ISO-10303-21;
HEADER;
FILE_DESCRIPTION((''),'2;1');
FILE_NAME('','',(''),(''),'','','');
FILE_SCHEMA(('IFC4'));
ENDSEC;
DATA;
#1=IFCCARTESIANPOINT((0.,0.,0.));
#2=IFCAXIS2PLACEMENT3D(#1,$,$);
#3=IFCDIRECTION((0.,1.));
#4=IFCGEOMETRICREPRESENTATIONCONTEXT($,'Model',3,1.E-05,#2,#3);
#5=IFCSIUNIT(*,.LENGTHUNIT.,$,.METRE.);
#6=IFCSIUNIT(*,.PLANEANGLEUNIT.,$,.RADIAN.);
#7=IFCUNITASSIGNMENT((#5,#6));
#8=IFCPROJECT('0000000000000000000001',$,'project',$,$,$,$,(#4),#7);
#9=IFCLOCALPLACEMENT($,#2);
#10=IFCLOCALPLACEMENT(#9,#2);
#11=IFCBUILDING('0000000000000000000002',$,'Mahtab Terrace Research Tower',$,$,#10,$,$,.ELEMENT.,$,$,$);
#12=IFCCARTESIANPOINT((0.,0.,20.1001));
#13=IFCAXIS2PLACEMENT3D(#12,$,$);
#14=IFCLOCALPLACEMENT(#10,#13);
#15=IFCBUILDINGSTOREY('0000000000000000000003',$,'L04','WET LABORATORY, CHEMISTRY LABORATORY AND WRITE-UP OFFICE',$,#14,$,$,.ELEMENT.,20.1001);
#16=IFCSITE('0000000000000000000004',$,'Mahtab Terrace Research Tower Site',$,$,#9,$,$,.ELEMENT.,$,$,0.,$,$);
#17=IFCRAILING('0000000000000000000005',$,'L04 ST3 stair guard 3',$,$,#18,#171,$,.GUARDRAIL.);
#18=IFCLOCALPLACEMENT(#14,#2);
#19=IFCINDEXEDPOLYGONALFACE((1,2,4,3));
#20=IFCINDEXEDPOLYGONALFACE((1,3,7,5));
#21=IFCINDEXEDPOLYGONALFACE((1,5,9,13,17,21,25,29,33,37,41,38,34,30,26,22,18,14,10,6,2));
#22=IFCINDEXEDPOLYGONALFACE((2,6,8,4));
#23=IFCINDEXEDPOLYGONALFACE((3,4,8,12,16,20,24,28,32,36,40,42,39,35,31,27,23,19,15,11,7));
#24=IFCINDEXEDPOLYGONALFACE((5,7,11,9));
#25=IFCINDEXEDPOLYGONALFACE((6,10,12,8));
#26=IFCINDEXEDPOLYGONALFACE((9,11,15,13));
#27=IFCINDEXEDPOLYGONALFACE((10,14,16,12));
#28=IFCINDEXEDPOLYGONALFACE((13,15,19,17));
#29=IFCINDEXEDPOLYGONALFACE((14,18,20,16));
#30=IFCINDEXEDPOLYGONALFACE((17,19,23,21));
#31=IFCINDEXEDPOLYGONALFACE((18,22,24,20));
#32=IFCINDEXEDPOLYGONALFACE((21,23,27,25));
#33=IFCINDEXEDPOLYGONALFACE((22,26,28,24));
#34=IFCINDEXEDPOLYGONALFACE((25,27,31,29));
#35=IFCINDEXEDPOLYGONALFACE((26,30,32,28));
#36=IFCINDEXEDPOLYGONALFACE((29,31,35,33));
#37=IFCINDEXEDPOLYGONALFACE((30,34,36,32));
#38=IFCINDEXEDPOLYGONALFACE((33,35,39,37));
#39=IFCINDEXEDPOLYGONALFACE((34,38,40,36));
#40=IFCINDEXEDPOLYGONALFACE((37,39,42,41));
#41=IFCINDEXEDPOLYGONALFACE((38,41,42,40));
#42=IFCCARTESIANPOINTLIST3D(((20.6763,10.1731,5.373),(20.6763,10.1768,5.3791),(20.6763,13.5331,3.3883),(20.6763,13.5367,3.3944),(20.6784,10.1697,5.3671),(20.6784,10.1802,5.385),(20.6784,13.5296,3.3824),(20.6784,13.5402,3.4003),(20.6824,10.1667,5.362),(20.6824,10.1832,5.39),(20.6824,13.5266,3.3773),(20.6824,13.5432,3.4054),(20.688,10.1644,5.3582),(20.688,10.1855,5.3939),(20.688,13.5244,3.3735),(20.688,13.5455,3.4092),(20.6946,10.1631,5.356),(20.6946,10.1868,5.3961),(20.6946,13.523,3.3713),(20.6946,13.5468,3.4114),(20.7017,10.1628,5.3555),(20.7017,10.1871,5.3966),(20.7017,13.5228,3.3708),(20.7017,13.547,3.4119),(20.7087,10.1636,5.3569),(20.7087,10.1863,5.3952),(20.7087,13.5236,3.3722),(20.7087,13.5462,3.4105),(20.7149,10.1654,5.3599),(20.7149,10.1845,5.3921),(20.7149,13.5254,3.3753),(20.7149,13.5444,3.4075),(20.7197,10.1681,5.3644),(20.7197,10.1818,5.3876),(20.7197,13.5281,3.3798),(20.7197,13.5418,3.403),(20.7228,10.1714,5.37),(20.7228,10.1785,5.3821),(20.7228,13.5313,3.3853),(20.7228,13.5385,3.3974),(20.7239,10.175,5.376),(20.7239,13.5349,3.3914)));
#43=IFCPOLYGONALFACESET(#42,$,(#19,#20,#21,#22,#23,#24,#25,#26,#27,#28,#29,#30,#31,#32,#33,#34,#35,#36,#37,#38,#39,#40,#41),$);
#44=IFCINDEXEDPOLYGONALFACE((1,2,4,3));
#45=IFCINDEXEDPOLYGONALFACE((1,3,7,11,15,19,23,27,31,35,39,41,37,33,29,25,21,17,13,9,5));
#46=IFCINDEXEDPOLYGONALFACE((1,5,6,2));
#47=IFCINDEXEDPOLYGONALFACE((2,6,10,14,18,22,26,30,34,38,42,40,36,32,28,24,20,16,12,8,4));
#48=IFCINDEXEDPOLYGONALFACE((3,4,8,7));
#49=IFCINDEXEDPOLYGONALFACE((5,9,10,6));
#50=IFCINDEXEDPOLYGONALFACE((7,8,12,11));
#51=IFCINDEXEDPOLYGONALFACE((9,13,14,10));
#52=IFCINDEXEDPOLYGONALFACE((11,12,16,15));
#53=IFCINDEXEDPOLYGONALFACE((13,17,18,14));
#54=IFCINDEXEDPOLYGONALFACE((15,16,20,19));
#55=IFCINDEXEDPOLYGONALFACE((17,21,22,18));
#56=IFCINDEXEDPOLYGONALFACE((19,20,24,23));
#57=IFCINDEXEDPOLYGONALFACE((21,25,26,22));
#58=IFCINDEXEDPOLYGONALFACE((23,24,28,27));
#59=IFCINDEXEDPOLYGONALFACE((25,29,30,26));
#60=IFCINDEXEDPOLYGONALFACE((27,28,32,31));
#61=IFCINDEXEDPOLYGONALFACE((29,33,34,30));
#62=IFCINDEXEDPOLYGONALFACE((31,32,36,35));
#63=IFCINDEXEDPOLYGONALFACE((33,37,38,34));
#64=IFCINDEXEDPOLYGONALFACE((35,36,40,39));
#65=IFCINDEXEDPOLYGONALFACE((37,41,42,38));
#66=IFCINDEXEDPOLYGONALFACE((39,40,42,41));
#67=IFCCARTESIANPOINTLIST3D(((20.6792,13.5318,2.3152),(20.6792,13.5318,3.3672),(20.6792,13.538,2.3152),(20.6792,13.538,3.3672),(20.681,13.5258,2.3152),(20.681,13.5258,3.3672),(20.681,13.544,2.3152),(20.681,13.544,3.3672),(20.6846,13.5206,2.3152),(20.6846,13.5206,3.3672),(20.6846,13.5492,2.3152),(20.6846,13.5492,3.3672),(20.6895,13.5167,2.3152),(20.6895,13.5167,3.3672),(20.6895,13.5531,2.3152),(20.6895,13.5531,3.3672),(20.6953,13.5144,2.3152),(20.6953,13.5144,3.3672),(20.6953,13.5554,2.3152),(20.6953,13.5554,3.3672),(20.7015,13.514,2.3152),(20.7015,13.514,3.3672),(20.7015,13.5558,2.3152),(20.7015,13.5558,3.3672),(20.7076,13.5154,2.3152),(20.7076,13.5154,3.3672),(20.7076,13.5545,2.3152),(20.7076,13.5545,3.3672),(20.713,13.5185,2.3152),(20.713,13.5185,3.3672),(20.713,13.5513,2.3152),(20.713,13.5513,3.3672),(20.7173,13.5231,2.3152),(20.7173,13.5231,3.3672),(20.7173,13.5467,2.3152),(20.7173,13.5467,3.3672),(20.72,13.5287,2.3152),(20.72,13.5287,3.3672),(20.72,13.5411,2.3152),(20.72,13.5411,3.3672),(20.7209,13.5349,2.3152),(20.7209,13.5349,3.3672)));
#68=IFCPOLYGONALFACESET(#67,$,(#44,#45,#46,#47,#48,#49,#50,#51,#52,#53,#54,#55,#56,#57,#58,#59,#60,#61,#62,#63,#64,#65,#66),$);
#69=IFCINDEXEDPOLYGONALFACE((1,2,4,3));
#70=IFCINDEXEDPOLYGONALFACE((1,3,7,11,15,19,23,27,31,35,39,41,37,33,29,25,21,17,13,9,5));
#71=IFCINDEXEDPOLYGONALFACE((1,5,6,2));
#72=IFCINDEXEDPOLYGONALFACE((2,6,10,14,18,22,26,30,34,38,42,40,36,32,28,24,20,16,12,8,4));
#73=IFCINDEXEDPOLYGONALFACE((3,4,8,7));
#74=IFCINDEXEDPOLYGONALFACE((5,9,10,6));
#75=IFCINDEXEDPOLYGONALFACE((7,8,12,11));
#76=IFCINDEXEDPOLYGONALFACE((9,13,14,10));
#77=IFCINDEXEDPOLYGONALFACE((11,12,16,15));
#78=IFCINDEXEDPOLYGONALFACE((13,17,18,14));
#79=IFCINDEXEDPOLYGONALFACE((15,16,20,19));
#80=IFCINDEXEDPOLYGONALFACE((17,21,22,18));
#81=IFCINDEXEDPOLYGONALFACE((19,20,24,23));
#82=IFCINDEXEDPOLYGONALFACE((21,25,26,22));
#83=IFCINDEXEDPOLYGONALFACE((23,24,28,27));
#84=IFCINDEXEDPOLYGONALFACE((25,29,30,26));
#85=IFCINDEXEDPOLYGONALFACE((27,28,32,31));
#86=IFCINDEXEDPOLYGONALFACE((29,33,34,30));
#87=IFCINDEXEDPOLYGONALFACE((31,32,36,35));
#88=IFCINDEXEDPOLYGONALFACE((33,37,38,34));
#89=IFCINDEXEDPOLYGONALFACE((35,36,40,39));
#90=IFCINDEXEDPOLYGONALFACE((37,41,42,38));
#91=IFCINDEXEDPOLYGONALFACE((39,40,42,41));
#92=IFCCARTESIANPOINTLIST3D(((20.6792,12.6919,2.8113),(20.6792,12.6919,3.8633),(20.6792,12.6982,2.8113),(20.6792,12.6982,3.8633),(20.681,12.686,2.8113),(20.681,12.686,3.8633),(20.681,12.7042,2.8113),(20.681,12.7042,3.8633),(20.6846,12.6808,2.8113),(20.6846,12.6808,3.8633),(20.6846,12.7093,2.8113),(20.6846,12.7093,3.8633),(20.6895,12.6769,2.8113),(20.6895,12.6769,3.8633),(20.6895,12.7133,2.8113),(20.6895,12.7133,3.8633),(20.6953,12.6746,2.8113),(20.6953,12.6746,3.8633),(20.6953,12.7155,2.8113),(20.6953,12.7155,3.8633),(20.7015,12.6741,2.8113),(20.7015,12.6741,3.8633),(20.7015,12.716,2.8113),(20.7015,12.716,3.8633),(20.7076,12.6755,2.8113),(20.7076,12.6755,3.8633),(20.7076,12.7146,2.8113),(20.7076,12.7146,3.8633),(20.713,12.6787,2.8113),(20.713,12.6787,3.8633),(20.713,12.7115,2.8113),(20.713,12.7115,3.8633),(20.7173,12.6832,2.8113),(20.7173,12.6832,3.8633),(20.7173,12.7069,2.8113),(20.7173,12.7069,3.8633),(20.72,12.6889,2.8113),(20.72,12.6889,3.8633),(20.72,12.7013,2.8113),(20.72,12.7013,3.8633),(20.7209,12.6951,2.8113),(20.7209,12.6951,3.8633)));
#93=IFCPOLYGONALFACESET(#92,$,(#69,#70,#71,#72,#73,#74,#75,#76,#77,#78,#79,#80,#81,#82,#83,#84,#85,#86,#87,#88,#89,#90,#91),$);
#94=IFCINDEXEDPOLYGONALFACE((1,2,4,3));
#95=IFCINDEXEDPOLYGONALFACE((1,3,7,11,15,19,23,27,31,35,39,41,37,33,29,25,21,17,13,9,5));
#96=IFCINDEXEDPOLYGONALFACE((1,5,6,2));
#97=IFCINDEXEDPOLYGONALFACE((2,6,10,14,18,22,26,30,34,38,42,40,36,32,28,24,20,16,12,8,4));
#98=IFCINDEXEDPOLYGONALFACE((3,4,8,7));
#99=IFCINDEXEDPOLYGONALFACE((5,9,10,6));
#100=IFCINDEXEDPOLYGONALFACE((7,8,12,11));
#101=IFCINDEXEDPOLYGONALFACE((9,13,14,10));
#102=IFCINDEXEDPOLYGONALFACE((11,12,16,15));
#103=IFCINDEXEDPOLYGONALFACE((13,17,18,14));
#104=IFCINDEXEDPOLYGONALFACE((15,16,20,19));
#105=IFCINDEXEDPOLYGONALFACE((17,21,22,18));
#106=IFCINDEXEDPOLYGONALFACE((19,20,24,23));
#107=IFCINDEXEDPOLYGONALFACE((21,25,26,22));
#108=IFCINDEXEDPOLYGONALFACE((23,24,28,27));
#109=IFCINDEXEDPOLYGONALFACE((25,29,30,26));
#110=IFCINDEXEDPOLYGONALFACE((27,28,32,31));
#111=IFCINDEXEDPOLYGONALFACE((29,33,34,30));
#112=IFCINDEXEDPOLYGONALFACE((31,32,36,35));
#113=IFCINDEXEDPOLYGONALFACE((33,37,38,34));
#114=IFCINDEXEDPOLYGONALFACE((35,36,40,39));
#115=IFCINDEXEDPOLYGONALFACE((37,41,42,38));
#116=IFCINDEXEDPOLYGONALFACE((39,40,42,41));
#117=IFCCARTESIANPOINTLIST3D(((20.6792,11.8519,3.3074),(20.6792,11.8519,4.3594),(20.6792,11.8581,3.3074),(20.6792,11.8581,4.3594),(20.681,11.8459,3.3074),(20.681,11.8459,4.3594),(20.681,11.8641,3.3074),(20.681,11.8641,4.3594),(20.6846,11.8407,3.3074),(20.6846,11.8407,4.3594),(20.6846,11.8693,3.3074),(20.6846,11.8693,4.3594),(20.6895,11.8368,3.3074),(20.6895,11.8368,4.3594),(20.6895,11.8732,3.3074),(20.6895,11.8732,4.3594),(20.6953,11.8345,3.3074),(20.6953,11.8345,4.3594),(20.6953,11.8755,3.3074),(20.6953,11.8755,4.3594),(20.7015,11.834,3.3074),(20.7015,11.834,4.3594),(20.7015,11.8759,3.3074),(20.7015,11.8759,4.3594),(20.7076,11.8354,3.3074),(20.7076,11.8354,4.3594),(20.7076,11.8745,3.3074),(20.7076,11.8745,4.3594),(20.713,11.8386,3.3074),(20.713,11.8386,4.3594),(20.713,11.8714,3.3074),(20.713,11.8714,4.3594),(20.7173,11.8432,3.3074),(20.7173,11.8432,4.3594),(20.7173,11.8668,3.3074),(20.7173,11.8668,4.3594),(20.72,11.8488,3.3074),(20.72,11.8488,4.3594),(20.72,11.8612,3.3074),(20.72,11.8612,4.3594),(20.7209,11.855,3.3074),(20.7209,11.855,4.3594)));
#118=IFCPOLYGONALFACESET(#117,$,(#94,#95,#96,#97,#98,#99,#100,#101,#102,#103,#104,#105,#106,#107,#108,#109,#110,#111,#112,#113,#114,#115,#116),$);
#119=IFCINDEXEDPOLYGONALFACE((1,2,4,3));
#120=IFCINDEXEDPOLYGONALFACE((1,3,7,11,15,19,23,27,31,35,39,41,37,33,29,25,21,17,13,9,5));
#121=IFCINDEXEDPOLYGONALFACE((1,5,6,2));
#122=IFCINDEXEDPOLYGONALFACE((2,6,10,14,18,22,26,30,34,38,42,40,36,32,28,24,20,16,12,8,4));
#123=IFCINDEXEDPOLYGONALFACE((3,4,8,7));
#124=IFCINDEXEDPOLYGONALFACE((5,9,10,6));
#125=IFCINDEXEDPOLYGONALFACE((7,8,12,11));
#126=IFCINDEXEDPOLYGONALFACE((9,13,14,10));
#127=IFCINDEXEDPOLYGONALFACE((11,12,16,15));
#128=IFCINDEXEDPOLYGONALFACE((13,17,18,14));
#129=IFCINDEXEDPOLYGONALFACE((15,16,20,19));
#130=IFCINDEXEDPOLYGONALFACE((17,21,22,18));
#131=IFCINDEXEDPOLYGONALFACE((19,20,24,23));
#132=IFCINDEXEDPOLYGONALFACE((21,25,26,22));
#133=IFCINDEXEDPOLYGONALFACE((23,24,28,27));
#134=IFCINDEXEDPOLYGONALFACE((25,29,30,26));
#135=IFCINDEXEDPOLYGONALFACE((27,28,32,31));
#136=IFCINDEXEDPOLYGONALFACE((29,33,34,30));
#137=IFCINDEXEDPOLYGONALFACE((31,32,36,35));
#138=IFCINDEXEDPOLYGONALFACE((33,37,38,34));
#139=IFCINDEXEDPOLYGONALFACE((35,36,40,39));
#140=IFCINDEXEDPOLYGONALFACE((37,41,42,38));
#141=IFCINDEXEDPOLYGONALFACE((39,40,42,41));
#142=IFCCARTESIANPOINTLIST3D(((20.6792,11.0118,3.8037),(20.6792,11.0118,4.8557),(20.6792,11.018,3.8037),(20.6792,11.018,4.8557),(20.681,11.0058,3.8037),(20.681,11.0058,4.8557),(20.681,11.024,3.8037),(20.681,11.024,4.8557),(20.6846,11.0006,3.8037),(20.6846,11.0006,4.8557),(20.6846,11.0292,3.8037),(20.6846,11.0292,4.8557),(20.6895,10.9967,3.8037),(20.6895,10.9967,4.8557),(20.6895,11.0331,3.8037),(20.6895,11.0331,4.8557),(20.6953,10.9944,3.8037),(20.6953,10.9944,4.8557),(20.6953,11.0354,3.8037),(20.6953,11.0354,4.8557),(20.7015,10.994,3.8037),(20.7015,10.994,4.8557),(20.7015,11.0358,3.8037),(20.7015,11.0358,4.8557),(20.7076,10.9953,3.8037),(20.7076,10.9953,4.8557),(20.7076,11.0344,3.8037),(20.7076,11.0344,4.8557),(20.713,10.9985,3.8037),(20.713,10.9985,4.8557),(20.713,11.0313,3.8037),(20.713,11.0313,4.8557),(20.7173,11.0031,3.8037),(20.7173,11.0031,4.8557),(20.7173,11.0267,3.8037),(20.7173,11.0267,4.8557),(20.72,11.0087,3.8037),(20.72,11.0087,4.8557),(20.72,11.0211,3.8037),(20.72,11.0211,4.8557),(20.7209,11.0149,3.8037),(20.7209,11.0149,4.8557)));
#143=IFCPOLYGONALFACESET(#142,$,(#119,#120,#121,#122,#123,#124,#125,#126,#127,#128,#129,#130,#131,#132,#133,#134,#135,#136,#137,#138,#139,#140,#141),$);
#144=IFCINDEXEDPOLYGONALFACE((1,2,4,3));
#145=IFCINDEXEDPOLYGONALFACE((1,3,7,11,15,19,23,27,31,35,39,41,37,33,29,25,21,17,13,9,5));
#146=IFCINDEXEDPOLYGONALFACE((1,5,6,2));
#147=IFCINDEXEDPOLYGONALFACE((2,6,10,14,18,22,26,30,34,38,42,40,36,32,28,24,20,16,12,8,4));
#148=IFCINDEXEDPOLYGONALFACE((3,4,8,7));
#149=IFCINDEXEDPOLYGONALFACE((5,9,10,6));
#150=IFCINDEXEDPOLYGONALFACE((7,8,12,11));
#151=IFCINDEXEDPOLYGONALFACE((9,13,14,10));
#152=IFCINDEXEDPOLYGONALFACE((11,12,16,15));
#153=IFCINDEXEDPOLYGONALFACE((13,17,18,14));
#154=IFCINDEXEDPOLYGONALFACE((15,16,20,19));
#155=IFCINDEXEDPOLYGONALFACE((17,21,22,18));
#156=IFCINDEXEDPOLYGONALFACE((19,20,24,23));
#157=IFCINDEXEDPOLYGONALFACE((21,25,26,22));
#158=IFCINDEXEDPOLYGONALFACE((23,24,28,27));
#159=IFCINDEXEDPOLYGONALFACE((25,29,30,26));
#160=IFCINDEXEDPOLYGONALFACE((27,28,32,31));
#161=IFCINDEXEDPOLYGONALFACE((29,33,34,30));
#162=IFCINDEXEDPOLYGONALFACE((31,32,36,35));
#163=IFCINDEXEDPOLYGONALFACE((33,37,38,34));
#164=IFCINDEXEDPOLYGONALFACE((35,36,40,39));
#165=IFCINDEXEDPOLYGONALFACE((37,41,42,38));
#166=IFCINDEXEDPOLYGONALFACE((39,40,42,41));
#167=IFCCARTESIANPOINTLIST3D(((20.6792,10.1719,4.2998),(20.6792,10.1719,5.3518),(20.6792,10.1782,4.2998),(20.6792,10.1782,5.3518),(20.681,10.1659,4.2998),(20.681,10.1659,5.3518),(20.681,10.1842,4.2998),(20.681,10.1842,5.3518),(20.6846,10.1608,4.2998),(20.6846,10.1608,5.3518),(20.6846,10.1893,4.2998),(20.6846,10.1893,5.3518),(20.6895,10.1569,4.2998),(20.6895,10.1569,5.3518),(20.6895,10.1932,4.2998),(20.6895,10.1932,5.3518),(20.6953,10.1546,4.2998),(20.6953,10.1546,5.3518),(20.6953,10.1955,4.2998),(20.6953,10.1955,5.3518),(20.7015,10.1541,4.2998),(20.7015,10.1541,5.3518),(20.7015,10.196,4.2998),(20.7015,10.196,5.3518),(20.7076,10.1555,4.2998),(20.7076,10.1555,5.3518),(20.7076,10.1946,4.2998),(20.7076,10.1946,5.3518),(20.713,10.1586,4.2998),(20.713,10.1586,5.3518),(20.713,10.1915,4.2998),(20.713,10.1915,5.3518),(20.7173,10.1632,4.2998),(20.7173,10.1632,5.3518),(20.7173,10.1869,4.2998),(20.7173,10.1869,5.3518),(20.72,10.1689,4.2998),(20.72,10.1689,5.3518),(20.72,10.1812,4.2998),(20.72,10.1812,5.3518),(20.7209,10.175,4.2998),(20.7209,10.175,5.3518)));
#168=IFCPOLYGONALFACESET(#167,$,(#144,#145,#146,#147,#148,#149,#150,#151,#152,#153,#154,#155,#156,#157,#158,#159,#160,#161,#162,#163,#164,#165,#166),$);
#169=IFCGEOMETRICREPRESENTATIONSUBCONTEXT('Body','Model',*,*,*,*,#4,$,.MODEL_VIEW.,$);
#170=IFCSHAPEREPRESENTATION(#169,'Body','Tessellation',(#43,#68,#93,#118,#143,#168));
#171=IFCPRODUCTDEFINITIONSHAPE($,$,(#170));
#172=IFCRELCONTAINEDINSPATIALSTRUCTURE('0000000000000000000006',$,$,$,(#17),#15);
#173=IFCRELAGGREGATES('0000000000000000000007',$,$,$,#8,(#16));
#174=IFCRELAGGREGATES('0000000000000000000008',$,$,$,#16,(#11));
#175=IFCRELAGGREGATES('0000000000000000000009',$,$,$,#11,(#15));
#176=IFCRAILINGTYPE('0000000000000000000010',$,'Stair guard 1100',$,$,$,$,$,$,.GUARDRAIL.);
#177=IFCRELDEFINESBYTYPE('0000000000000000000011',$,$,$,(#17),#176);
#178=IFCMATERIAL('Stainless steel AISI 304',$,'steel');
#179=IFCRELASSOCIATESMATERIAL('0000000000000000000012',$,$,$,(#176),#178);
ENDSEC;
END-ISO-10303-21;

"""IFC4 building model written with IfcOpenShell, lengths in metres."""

from ifc_helpers import new_model, si_unit, direction, frame, origin, origin_2d, place, context, subcontext, project, spatial, circle, extrude, material, type_object, element, save


model = new_model("IFC4")

# Units and contexts
model_context = context("Model", 3, precision=1e-05, world=origin(), true_north=direction((0.0, 1.0)))
body_context = subcontext(model_context, "Body", "Model", "MODEL_VIEW")
ifc_project = project(units=[si_unit("LENGTHUNIT", "METRE"), si_unit("PLANEANGLEUNIT", "RADIAN")], contexts=[model_context])

# Site, building, storey
site_placement = place(None, origin())
site = spatial("IfcSite", under=ifc_project, at=site_placement, Name="Mahtab Terrace Research Tower Site", CompositionType="ELEMENT", RefElevation=0.0)
building_placement = place(site_placement, origin())
building = spatial("IfcBuilding", under=site, at=building_placement, Name="Mahtab Terrace Research Tower", CompositionType="ELEMENT")
storey_placement = place(building_placement, frame((0.0, 0.0, 20.1001)))
storey = spatial("IfcBuildingStorey", under=building, at=storey_placement, Name="L04", Description="WET LABORATORY, CHEMISTRY LABORATORY AND WRITE-UP OFFICE", CompositionType="ELEMENT", Elevation=20.1001)

# Shared definitions
ifc_material_1 = material(Name="Stainless steel AISI 304", Category="steel")

# Railing
railing_type_1 = type_object("IfcRailingType", Name="Stair guard 1100", PredefinedType="GUARDRAIL", material=ifc_material_1)
railing_1_placement = place(storey_placement, frame((20.7, 13.5349, 2.3152)))
element("IfcRailing", 1, at=railing_1_placement, inside=storey, type_object=railing_type_1, Name="L04 ST3 stair guard 3", PredefinedType="GUARDRAIL", context=body_context, shape_type="SweptSolid", body=[
    extrude(circle(Radius=0.0239, at=origin_2d()), frame((0.0, 0.0, 1.0762), z_axis=(0.0, -0.861011, 0.508586), x_axis=(1.0, 0.0, 0.0)), (0.0, 0.0, 1.0), 3.9023),
    extrude(circle(Radius=0.021, at=origin_2d()), origin(), (0.0, 0.0, 1.0), 1.052),
    extrude(circle(Radius=0.021, at=origin_2d()), frame((0.0, -0.8398, 0.4961)), (0.0, 0.0, 1.0), 1.052),
    extrude(circle(Radius=0.021, at=origin_2d()), frame((0.0, -1.6799, 0.9922)), (0.0, 0.0, 1.0), 1.052),
    extrude(circle(Radius=0.021, at=origin_2d()), frame((0.0, -2.52, 1.4885)), (0.0, 0.0, 1.0), 1.052),
    extrude(circle(Radius=0.021, at=origin_2d()), frame((0.0, -3.3599, 1.9846)), (0.0, 0.0, 1.0), 1.052),
])

save(model, "model.ifc")
